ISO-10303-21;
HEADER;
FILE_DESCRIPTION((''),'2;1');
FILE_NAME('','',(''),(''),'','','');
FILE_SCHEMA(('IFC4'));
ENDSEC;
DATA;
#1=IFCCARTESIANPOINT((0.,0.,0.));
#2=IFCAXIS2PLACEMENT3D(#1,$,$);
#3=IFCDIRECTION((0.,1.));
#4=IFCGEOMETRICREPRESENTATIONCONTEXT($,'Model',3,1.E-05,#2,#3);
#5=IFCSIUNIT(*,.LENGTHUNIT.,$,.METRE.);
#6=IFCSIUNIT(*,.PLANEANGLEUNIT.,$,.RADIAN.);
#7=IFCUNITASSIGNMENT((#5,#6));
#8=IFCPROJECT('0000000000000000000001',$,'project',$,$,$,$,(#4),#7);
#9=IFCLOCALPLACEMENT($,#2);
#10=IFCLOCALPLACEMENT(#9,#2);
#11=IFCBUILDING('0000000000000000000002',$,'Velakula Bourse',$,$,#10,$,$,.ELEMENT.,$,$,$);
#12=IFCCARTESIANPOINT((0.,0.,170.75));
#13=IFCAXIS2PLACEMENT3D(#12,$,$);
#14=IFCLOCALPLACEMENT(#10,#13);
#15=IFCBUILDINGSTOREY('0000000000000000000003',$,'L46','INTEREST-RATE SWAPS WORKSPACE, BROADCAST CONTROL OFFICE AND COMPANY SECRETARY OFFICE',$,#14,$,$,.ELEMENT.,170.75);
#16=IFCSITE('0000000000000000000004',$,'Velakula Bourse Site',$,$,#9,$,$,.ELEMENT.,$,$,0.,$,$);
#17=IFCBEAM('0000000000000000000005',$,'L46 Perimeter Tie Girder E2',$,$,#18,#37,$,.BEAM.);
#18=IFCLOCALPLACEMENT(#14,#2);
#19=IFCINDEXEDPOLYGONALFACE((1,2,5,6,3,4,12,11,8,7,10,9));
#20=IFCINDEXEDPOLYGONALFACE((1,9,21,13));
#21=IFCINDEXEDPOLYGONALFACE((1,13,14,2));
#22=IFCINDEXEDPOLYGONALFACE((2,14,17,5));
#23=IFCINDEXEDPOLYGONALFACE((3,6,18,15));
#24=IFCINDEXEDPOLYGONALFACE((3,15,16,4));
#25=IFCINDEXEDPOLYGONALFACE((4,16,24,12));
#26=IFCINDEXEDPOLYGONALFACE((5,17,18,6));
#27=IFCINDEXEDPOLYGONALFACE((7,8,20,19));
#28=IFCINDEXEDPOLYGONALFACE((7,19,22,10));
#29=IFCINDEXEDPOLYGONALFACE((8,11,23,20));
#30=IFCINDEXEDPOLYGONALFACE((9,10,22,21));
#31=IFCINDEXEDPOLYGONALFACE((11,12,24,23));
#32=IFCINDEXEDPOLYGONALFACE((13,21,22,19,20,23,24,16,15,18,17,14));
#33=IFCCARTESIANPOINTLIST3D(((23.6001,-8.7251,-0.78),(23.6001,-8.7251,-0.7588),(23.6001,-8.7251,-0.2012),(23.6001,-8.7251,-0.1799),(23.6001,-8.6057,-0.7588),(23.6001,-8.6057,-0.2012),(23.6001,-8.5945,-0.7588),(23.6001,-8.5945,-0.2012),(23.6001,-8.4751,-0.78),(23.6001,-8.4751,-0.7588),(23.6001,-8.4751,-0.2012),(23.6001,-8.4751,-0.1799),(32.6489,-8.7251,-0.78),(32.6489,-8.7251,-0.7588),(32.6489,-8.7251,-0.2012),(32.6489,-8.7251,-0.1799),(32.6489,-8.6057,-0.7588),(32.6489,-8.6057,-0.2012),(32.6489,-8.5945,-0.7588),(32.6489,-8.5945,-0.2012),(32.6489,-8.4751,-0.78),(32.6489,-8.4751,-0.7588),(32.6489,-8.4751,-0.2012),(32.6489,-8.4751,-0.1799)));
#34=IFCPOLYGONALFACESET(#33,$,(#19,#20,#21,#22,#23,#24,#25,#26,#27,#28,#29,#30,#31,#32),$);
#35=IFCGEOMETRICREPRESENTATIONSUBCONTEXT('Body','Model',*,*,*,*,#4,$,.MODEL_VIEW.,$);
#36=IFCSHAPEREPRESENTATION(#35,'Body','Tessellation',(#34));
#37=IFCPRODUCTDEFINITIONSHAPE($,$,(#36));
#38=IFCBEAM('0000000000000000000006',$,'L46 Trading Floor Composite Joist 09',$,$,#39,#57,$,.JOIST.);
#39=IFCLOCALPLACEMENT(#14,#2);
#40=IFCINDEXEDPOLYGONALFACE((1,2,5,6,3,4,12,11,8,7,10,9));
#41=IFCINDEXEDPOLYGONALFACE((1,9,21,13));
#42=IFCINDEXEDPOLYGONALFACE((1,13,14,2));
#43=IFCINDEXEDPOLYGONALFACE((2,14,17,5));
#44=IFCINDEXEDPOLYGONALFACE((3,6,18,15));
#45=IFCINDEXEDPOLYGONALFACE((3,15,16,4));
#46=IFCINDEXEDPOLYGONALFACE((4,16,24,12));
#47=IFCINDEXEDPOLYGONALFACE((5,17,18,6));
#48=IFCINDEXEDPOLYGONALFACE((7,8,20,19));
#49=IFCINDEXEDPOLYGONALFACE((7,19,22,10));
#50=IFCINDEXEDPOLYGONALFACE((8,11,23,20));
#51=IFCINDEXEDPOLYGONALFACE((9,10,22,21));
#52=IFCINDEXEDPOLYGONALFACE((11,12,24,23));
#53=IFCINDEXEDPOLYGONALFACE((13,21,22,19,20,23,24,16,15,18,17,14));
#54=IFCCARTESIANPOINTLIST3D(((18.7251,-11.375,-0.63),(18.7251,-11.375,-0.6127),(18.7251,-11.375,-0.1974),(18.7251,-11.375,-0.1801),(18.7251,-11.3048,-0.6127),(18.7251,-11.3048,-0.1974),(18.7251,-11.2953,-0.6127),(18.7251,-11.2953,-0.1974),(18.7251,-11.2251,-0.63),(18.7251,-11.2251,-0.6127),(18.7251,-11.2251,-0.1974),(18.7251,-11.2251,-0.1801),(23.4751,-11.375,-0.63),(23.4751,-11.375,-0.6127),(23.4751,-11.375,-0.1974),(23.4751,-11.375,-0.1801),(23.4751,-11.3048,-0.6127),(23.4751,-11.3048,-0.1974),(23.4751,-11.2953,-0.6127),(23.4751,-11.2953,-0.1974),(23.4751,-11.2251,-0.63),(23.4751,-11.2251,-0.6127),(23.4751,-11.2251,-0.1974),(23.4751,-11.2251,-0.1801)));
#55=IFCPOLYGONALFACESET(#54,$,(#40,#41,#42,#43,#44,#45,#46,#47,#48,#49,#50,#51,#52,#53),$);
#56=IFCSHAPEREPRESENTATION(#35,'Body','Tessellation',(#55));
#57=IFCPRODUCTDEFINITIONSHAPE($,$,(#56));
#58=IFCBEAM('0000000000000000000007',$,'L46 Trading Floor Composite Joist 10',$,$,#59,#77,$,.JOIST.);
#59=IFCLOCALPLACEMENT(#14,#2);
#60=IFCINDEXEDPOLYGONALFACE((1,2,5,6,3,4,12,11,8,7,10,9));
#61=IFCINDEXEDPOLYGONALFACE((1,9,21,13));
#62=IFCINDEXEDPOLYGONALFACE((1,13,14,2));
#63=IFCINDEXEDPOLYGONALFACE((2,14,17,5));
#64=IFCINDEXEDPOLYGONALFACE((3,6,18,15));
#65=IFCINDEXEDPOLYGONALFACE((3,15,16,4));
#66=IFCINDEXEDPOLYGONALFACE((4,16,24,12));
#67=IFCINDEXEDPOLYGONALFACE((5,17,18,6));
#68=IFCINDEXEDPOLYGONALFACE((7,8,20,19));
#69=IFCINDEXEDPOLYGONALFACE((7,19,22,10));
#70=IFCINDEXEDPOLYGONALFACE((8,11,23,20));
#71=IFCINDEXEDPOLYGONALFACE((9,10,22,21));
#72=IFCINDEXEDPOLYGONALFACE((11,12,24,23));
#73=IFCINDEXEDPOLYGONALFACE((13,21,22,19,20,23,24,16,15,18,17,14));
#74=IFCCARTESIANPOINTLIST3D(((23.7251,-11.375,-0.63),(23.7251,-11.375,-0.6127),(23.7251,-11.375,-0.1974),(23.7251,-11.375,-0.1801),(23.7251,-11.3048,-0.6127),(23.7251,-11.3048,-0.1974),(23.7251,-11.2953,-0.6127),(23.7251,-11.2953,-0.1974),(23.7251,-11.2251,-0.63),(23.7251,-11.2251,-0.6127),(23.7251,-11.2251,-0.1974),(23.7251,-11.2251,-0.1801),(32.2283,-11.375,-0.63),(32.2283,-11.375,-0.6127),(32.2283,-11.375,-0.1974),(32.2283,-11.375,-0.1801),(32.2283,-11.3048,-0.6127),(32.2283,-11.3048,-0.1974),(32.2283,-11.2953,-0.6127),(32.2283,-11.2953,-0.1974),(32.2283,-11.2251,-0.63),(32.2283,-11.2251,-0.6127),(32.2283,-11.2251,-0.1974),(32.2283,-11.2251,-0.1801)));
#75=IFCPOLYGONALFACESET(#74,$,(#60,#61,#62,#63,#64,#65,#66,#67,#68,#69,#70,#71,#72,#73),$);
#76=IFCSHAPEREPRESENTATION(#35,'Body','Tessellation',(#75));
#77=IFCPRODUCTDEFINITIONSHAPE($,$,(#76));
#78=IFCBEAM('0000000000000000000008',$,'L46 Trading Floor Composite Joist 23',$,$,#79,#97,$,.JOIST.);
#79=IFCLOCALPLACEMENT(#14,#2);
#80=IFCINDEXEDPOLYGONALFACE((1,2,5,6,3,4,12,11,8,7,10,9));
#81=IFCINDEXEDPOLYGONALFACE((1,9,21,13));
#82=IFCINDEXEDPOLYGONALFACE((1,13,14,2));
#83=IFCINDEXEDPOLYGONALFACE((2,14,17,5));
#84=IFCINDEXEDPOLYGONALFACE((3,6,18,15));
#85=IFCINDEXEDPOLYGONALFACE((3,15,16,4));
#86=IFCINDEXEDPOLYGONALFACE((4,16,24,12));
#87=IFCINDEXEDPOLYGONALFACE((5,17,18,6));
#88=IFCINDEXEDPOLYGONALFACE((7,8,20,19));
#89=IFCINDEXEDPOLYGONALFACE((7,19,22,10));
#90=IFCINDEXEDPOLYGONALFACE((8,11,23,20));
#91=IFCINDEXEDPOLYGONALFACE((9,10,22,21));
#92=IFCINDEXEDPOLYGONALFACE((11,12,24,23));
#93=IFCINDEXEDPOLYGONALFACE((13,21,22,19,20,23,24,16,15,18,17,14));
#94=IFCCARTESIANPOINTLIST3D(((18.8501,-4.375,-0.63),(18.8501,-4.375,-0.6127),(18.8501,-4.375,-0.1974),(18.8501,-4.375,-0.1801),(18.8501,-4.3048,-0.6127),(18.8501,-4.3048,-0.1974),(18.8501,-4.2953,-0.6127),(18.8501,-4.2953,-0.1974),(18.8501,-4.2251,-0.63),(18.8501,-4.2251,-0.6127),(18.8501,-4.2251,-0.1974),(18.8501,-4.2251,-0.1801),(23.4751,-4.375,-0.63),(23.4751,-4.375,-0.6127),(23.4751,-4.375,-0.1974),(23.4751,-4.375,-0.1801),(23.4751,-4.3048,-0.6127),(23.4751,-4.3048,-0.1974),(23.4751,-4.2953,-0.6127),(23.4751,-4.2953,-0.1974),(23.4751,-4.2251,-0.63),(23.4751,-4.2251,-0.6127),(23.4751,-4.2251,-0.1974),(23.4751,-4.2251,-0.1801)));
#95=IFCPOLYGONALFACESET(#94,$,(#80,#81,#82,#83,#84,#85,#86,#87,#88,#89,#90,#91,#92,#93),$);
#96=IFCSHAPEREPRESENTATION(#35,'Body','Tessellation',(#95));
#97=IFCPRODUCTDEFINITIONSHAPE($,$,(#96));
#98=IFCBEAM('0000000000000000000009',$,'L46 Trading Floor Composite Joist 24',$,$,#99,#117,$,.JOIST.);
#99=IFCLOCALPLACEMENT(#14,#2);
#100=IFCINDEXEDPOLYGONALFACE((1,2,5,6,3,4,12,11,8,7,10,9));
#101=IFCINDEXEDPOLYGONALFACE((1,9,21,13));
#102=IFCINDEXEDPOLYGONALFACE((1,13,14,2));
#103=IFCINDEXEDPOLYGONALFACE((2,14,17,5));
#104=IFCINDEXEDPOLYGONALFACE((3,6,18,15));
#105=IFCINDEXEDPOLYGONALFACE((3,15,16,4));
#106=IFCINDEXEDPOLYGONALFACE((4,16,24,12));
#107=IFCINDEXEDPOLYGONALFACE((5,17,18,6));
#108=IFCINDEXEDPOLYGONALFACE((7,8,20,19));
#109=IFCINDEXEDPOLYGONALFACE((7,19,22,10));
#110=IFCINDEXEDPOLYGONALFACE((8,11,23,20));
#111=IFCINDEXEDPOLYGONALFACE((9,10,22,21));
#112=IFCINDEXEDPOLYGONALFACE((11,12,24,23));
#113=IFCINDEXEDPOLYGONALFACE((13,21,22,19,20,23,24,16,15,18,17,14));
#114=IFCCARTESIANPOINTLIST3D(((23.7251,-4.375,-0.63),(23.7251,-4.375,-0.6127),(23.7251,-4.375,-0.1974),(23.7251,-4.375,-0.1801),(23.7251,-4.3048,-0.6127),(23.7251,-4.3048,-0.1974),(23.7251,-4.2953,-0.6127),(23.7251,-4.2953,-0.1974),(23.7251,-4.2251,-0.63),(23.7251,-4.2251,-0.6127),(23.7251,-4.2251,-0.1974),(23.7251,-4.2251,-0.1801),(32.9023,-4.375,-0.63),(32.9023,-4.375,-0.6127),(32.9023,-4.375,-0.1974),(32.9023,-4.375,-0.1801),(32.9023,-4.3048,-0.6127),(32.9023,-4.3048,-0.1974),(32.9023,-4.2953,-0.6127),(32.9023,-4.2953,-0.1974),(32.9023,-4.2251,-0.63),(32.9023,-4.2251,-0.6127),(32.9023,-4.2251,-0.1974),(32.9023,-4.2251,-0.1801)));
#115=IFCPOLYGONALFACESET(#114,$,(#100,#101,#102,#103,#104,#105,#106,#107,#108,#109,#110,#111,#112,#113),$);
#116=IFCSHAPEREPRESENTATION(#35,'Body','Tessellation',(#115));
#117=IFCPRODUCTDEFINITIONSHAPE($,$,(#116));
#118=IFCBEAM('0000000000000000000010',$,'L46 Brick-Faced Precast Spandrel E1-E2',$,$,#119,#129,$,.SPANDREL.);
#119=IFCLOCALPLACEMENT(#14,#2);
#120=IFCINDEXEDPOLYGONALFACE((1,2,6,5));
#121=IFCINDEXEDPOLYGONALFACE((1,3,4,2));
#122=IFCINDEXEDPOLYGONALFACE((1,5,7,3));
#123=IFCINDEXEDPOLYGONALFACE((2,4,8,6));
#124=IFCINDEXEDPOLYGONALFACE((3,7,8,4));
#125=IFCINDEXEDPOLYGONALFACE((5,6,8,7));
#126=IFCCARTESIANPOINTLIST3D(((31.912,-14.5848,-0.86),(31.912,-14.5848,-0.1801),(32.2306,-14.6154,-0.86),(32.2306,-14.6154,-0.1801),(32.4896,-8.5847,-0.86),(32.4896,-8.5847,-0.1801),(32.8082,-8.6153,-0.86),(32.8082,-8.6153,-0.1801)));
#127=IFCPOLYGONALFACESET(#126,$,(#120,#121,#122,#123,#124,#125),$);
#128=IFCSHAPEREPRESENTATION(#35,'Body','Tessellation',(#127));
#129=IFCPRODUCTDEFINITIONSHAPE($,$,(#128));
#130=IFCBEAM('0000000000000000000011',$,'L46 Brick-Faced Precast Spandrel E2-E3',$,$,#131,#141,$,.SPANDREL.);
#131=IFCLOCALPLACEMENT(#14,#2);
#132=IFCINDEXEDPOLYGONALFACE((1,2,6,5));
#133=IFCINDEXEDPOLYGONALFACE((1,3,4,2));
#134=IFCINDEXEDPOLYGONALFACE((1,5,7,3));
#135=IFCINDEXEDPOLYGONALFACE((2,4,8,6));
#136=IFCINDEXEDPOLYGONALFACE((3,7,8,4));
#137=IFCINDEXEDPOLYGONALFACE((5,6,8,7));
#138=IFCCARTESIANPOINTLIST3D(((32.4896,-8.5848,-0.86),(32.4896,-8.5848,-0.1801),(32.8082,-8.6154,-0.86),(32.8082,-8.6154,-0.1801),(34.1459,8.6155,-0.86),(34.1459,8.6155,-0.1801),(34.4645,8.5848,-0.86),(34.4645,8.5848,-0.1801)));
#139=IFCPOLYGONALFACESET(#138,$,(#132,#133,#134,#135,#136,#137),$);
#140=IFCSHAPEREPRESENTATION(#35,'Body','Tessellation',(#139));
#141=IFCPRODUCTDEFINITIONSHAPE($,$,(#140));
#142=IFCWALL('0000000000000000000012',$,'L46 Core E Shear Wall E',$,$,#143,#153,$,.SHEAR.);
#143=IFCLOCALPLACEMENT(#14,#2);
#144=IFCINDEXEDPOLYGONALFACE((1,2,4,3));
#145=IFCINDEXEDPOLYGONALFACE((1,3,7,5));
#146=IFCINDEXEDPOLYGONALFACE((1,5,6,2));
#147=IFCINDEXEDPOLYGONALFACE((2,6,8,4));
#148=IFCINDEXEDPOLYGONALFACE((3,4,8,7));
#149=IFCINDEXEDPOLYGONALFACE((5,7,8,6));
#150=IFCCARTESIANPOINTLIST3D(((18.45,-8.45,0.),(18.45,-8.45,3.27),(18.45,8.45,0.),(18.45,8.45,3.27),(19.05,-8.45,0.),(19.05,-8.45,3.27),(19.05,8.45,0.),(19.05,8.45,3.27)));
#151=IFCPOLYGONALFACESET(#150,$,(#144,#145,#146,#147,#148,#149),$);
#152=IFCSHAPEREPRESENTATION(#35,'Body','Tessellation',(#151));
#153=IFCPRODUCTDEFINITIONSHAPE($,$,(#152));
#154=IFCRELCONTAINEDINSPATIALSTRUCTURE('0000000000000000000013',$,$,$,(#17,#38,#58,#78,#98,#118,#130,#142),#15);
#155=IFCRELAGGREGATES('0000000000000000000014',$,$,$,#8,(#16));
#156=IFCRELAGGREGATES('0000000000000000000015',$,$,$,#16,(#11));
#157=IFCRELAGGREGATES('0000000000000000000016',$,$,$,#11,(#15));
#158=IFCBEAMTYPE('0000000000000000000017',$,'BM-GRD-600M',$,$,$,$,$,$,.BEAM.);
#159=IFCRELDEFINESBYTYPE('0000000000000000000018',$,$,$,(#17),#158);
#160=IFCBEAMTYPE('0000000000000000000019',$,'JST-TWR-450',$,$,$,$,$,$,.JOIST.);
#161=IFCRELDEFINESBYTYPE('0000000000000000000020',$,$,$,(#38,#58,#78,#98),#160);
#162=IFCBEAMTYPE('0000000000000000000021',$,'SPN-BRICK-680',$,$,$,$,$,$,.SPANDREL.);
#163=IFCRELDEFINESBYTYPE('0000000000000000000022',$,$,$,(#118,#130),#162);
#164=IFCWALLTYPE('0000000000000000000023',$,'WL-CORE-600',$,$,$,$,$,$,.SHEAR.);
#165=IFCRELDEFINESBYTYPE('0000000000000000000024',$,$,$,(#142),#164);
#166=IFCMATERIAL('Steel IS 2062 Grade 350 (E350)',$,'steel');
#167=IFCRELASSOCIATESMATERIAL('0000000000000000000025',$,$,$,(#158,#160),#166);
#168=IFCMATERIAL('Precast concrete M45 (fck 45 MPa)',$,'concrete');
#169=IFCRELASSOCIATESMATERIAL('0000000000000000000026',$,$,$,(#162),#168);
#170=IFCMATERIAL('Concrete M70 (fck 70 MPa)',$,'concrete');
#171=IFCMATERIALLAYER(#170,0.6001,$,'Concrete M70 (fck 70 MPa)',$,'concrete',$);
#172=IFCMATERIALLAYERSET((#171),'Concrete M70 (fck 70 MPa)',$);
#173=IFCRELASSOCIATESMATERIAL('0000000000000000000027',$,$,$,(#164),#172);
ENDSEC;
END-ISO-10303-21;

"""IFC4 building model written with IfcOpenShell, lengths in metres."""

from ifc_helpers import new_model, si_unit, direction, frame, frame_2d, origin, origin_2d, place, context, subcontext, project, spatial, rectangle, i_section, extrude, material, layer, layer_set, material_profile, profile_set, type_object, element, save


model = new_model("IFC4")

# Units and contexts
model_context = context("Model", 3, precision=1e-05, world=origin(), true_north=direction((0.0, 1.0)))
body_context = subcontext(model_context, "Body", "Model", "MODEL_VIEW")
ifc_project = project(units=[si_unit("LENGTHUNIT", "METRE"), si_unit("PLANEANGLEUNIT", "RADIAN")], contexts=[model_context])

# Site, building, storey
site_placement = place(None, origin())
site = spatial("IfcSite", under=ifc_project, at=site_placement, Name="Velakula Bourse Site", CompositionType="ELEMENT", RefElevation=0.0)
building_placement = place(site_placement, origin())
building = spatial("IfcBuilding", under=site, at=building_placement, Name="Velakula Bourse", CompositionType="ELEMENT")
storey_placement = place(building_placement, frame((0.0, 0.0, 170.75)))
storey = spatial("IfcBuildingStorey", under=building, at=storey_placement, Name="L46", Description="INTEREST-RATE SWAPS WORKSPACE, BROADCAST CONTROL OFFICE AND COMPANY SECRETARY OFFICE", CompositionType="ELEMENT", Elevation=170.75)

# Shared definitions
ifc_material_1 = material(Name="Concrete M70 (fck 70 MPa)", Category="concrete")
ifc_material_2 = material(Name="Steel IS 2062 Grade 350 (E350)", Category="steel")

# Beams
ifc_material_profile_1 = material_profile(ifc_material_2, i_section(OverallWidth=0.25, OverallDepth=0.6001, WebThickness=0.0112, FlangeThickness=0.0212, at=origin_2d()), Name="Steel IS 2062 Grade 350 (E350)")
ifc_profile_set_1 = profile_set([ifc_material_profile_1], Name="Steel IS 2062 Grade 350 (E350)")
beam_type_1 = type_object("IfcBeamType", Name="BM-GRD-600M", PredefinedType="BEAM", material=ifc_profile_set_1)
beam_1_placement = place(storey_placement, frame((23.6001, -8.6001, -0.48), z_axis=(1.0, 0.0, 0.0), x_axis=(0.0, 1.0, 0.0)))
element("IfcBeam", 1, at=beam_1_placement, inside=storey, type_object=beam_type_1, Name="L46 Perimeter Tie Girder E2", PredefinedType="BEAM", context=body_context, shape_type="SweptSolid", body=[
    extrude(i_section(OverallWidth=0.25, OverallDepth=0.6001, WebThickness=0.0112, FlangeThickness=0.0212, at=origin_2d()), origin(), (0.0, 0.0, 1.0), 9.0488),
])
ifc_material_profile_2 = material_profile(ifc_material_2, i_section(OverallWidth=0.1499, OverallDepth=0.45, WebThickness=0.0095, FlangeThickness=0.0173, at=origin_2d()), Name="Steel IS 2062 Grade 350 (E350)")
ifc_profile_set_2 = profile_set([ifc_material_profile_2], Name="Steel IS 2062 Grade 350 (E350)")
beam_type_2 = type_object("IfcBeamType", Name="JST-TWR-450", PredefinedType="JOIST", material=ifc_profile_set_2)
beam_2_placement = place(storey_placement, frame((18.7251, -11.3, -0.405), z_axis=(1.0, 0.0, 0.0), x_axis=(0.0, 1.0, 0.0)))
element("IfcBeam", 2, at=beam_2_placement, inside=storey, type_object=beam_type_2, Name="L46 Trading Floor Composite Joist 09", PredefinedType="JOIST", context=body_context, shape_type="SweptSolid", body=[
    extrude(i_section(OverallWidth=0.1499, OverallDepth=0.45, WebThickness=0.0095, FlangeThickness=0.0173, at=origin_2d()), origin(), (0.0, 0.0, 1.0), 4.75),
])
beam_3_placement = place(storey_placement, frame((23.7251, -11.3, -0.405), z_axis=(1.0, 0.0, 0.0), x_axis=(0.0, 1.0, 0.0)))
element("IfcBeam", 3, at=beam_3_placement, inside=storey, type_object=beam_type_2, Name="L46 Trading Floor Composite Joist 10", PredefinedType="JOIST", context=body_context, shape_type="SweptSolid", body=[
    extrude(i_section(OverallWidth=0.1499, OverallDepth=0.45, WebThickness=0.0095, FlangeThickness=0.0173, at=origin_2d()), origin(), (0.0, 0.0, 1.0), 8.5032),
])
beam_4_placement = place(storey_placement, frame((18.8501, -4.3, -0.405), z_axis=(1.0, 0.0, 0.0), x_axis=(0.0, 1.0, 0.0)))
element("IfcBeam", 4, at=beam_4_placement, inside=storey, type_object=beam_type_2, Name="L46 Trading Floor Composite Joist 23", PredefinedType="JOIST", context=body_context, shape_type="SweptSolid", body=[
    extrude(i_section(OverallWidth=0.1499, OverallDepth=0.45, WebThickness=0.0095, FlangeThickness=0.0173, at=origin_2d()), origin(), (0.0, 0.0, 1.0), 4.625),
])
beam_5_placement = place(storey_placement, frame((23.7251, -4.3, -0.405), z_axis=(1.0, 0.0, 0.0), x_axis=(0.0, 1.0, 0.0)))
element("IfcBeam", 5, at=beam_5_placement, inside=storey, type_object=beam_type_2, Name="L46 Trading Floor Composite Joist 24", PredefinedType="JOIST", context=body_context, shape_type="SweptSolid", body=[
    extrude(i_section(OverallWidth=0.1499, OverallDepth=0.45, WebThickness=0.0095, FlangeThickness=0.0173, at=origin_2d()), origin(), (0.0, 0.0, 1.0), 9.1772),
])
ifc_material_3 = material(Name="Precast concrete M45 (fck 45 MPa)", Category="concrete")
ifc_material_profile_3 = material_profile(ifc_material_3, rectangle(XDim=0.3201, YDim=0.6799, at=origin_2d()), Name="Precast concrete M45 (fck 45 MPa)")
ifc_profile_set_3 = profile_set([ifc_material_profile_3], Name="Precast concrete M45 (fck 45 MPa)")
beam_type_3 = type_object("IfcBeamType", Name="SPN-BRICK-680", PredefinedType="SPANDREL", material=ifc_profile_set_3)
beam_6_placement = place(storey_placement, frame((32.0713, -14.6001, -0.52), z_axis=(0.09583, 0.995398, 0.0), x_axis=(-0.995398, 0.09583, 0.0)))
element("IfcBeam", 6, at=beam_6_placement, inside=storey, type_object=beam_type_3, Name="L46 Brick-Faced Precast Spandrel E1-E2", PredefinedType="SPANDREL", context=body_context, shape_type="SweptSolid", body=[
    extrude(rectangle(XDim=0.3201, YDim=0.6799, at=origin_2d()), origin(), (0.0, 0.0, 1.0), 6.0278),
])
beam_7_placement = place(storey_placement, frame((32.6489, -8.6001, -0.52), z_axis=(0.095849, 0.995396, 0.0), x_axis=(-0.995396, 0.095849, 0.0)))
element("IfcBeam", 7, at=beam_7_placement, inside=storey, type_object=beam_type_3, Name="L46 Brick-Faced Precast Spandrel E2-E3", PredefinedType="SPANDREL", context=body_context, shape_type="SweptSolid", body=[
    extrude(rectangle(XDim=0.3201, YDim=0.6799, at=origin_2d()), origin(), (0.0, 0.0, 1.0), 17.2798),
])

# Wall
ifc_layer_1 = layer(ifc_material_1, 0.6001, Name="Concrete M70 (fck 70 MPa)", Category="concrete")
ifc_layer_set_1 = layer_set([ifc_layer_1], Name="Concrete M70 (fck 70 MPa)")
wall_type_1 = type_object("IfcWallType", Name="WL-CORE-600", PredefinedType="SHEAR", material=ifc_layer_set_1)
wall_1_placement = place(storey_placement, frame((18.75, -8.45, 0.0), z_axis=(0.0, 0.0, 1.0), x_axis=(0.0, 1.0, 0.0)))
element("IfcWall", 8, at=wall_1_placement, inside=storey, type_object=wall_type_1, Name="L46 Core E Shear Wall E", PredefinedType="SHEAR", context=body_context, shape_type="SweptSolid", body=[
    extrude(rectangle(XDim=16.8999, YDim=0.6001, at=frame_2d((8.45, 0.0))), origin(), (0.0, 0.0, 1.0), 3.27),
])

save(model, "model.ifc")
